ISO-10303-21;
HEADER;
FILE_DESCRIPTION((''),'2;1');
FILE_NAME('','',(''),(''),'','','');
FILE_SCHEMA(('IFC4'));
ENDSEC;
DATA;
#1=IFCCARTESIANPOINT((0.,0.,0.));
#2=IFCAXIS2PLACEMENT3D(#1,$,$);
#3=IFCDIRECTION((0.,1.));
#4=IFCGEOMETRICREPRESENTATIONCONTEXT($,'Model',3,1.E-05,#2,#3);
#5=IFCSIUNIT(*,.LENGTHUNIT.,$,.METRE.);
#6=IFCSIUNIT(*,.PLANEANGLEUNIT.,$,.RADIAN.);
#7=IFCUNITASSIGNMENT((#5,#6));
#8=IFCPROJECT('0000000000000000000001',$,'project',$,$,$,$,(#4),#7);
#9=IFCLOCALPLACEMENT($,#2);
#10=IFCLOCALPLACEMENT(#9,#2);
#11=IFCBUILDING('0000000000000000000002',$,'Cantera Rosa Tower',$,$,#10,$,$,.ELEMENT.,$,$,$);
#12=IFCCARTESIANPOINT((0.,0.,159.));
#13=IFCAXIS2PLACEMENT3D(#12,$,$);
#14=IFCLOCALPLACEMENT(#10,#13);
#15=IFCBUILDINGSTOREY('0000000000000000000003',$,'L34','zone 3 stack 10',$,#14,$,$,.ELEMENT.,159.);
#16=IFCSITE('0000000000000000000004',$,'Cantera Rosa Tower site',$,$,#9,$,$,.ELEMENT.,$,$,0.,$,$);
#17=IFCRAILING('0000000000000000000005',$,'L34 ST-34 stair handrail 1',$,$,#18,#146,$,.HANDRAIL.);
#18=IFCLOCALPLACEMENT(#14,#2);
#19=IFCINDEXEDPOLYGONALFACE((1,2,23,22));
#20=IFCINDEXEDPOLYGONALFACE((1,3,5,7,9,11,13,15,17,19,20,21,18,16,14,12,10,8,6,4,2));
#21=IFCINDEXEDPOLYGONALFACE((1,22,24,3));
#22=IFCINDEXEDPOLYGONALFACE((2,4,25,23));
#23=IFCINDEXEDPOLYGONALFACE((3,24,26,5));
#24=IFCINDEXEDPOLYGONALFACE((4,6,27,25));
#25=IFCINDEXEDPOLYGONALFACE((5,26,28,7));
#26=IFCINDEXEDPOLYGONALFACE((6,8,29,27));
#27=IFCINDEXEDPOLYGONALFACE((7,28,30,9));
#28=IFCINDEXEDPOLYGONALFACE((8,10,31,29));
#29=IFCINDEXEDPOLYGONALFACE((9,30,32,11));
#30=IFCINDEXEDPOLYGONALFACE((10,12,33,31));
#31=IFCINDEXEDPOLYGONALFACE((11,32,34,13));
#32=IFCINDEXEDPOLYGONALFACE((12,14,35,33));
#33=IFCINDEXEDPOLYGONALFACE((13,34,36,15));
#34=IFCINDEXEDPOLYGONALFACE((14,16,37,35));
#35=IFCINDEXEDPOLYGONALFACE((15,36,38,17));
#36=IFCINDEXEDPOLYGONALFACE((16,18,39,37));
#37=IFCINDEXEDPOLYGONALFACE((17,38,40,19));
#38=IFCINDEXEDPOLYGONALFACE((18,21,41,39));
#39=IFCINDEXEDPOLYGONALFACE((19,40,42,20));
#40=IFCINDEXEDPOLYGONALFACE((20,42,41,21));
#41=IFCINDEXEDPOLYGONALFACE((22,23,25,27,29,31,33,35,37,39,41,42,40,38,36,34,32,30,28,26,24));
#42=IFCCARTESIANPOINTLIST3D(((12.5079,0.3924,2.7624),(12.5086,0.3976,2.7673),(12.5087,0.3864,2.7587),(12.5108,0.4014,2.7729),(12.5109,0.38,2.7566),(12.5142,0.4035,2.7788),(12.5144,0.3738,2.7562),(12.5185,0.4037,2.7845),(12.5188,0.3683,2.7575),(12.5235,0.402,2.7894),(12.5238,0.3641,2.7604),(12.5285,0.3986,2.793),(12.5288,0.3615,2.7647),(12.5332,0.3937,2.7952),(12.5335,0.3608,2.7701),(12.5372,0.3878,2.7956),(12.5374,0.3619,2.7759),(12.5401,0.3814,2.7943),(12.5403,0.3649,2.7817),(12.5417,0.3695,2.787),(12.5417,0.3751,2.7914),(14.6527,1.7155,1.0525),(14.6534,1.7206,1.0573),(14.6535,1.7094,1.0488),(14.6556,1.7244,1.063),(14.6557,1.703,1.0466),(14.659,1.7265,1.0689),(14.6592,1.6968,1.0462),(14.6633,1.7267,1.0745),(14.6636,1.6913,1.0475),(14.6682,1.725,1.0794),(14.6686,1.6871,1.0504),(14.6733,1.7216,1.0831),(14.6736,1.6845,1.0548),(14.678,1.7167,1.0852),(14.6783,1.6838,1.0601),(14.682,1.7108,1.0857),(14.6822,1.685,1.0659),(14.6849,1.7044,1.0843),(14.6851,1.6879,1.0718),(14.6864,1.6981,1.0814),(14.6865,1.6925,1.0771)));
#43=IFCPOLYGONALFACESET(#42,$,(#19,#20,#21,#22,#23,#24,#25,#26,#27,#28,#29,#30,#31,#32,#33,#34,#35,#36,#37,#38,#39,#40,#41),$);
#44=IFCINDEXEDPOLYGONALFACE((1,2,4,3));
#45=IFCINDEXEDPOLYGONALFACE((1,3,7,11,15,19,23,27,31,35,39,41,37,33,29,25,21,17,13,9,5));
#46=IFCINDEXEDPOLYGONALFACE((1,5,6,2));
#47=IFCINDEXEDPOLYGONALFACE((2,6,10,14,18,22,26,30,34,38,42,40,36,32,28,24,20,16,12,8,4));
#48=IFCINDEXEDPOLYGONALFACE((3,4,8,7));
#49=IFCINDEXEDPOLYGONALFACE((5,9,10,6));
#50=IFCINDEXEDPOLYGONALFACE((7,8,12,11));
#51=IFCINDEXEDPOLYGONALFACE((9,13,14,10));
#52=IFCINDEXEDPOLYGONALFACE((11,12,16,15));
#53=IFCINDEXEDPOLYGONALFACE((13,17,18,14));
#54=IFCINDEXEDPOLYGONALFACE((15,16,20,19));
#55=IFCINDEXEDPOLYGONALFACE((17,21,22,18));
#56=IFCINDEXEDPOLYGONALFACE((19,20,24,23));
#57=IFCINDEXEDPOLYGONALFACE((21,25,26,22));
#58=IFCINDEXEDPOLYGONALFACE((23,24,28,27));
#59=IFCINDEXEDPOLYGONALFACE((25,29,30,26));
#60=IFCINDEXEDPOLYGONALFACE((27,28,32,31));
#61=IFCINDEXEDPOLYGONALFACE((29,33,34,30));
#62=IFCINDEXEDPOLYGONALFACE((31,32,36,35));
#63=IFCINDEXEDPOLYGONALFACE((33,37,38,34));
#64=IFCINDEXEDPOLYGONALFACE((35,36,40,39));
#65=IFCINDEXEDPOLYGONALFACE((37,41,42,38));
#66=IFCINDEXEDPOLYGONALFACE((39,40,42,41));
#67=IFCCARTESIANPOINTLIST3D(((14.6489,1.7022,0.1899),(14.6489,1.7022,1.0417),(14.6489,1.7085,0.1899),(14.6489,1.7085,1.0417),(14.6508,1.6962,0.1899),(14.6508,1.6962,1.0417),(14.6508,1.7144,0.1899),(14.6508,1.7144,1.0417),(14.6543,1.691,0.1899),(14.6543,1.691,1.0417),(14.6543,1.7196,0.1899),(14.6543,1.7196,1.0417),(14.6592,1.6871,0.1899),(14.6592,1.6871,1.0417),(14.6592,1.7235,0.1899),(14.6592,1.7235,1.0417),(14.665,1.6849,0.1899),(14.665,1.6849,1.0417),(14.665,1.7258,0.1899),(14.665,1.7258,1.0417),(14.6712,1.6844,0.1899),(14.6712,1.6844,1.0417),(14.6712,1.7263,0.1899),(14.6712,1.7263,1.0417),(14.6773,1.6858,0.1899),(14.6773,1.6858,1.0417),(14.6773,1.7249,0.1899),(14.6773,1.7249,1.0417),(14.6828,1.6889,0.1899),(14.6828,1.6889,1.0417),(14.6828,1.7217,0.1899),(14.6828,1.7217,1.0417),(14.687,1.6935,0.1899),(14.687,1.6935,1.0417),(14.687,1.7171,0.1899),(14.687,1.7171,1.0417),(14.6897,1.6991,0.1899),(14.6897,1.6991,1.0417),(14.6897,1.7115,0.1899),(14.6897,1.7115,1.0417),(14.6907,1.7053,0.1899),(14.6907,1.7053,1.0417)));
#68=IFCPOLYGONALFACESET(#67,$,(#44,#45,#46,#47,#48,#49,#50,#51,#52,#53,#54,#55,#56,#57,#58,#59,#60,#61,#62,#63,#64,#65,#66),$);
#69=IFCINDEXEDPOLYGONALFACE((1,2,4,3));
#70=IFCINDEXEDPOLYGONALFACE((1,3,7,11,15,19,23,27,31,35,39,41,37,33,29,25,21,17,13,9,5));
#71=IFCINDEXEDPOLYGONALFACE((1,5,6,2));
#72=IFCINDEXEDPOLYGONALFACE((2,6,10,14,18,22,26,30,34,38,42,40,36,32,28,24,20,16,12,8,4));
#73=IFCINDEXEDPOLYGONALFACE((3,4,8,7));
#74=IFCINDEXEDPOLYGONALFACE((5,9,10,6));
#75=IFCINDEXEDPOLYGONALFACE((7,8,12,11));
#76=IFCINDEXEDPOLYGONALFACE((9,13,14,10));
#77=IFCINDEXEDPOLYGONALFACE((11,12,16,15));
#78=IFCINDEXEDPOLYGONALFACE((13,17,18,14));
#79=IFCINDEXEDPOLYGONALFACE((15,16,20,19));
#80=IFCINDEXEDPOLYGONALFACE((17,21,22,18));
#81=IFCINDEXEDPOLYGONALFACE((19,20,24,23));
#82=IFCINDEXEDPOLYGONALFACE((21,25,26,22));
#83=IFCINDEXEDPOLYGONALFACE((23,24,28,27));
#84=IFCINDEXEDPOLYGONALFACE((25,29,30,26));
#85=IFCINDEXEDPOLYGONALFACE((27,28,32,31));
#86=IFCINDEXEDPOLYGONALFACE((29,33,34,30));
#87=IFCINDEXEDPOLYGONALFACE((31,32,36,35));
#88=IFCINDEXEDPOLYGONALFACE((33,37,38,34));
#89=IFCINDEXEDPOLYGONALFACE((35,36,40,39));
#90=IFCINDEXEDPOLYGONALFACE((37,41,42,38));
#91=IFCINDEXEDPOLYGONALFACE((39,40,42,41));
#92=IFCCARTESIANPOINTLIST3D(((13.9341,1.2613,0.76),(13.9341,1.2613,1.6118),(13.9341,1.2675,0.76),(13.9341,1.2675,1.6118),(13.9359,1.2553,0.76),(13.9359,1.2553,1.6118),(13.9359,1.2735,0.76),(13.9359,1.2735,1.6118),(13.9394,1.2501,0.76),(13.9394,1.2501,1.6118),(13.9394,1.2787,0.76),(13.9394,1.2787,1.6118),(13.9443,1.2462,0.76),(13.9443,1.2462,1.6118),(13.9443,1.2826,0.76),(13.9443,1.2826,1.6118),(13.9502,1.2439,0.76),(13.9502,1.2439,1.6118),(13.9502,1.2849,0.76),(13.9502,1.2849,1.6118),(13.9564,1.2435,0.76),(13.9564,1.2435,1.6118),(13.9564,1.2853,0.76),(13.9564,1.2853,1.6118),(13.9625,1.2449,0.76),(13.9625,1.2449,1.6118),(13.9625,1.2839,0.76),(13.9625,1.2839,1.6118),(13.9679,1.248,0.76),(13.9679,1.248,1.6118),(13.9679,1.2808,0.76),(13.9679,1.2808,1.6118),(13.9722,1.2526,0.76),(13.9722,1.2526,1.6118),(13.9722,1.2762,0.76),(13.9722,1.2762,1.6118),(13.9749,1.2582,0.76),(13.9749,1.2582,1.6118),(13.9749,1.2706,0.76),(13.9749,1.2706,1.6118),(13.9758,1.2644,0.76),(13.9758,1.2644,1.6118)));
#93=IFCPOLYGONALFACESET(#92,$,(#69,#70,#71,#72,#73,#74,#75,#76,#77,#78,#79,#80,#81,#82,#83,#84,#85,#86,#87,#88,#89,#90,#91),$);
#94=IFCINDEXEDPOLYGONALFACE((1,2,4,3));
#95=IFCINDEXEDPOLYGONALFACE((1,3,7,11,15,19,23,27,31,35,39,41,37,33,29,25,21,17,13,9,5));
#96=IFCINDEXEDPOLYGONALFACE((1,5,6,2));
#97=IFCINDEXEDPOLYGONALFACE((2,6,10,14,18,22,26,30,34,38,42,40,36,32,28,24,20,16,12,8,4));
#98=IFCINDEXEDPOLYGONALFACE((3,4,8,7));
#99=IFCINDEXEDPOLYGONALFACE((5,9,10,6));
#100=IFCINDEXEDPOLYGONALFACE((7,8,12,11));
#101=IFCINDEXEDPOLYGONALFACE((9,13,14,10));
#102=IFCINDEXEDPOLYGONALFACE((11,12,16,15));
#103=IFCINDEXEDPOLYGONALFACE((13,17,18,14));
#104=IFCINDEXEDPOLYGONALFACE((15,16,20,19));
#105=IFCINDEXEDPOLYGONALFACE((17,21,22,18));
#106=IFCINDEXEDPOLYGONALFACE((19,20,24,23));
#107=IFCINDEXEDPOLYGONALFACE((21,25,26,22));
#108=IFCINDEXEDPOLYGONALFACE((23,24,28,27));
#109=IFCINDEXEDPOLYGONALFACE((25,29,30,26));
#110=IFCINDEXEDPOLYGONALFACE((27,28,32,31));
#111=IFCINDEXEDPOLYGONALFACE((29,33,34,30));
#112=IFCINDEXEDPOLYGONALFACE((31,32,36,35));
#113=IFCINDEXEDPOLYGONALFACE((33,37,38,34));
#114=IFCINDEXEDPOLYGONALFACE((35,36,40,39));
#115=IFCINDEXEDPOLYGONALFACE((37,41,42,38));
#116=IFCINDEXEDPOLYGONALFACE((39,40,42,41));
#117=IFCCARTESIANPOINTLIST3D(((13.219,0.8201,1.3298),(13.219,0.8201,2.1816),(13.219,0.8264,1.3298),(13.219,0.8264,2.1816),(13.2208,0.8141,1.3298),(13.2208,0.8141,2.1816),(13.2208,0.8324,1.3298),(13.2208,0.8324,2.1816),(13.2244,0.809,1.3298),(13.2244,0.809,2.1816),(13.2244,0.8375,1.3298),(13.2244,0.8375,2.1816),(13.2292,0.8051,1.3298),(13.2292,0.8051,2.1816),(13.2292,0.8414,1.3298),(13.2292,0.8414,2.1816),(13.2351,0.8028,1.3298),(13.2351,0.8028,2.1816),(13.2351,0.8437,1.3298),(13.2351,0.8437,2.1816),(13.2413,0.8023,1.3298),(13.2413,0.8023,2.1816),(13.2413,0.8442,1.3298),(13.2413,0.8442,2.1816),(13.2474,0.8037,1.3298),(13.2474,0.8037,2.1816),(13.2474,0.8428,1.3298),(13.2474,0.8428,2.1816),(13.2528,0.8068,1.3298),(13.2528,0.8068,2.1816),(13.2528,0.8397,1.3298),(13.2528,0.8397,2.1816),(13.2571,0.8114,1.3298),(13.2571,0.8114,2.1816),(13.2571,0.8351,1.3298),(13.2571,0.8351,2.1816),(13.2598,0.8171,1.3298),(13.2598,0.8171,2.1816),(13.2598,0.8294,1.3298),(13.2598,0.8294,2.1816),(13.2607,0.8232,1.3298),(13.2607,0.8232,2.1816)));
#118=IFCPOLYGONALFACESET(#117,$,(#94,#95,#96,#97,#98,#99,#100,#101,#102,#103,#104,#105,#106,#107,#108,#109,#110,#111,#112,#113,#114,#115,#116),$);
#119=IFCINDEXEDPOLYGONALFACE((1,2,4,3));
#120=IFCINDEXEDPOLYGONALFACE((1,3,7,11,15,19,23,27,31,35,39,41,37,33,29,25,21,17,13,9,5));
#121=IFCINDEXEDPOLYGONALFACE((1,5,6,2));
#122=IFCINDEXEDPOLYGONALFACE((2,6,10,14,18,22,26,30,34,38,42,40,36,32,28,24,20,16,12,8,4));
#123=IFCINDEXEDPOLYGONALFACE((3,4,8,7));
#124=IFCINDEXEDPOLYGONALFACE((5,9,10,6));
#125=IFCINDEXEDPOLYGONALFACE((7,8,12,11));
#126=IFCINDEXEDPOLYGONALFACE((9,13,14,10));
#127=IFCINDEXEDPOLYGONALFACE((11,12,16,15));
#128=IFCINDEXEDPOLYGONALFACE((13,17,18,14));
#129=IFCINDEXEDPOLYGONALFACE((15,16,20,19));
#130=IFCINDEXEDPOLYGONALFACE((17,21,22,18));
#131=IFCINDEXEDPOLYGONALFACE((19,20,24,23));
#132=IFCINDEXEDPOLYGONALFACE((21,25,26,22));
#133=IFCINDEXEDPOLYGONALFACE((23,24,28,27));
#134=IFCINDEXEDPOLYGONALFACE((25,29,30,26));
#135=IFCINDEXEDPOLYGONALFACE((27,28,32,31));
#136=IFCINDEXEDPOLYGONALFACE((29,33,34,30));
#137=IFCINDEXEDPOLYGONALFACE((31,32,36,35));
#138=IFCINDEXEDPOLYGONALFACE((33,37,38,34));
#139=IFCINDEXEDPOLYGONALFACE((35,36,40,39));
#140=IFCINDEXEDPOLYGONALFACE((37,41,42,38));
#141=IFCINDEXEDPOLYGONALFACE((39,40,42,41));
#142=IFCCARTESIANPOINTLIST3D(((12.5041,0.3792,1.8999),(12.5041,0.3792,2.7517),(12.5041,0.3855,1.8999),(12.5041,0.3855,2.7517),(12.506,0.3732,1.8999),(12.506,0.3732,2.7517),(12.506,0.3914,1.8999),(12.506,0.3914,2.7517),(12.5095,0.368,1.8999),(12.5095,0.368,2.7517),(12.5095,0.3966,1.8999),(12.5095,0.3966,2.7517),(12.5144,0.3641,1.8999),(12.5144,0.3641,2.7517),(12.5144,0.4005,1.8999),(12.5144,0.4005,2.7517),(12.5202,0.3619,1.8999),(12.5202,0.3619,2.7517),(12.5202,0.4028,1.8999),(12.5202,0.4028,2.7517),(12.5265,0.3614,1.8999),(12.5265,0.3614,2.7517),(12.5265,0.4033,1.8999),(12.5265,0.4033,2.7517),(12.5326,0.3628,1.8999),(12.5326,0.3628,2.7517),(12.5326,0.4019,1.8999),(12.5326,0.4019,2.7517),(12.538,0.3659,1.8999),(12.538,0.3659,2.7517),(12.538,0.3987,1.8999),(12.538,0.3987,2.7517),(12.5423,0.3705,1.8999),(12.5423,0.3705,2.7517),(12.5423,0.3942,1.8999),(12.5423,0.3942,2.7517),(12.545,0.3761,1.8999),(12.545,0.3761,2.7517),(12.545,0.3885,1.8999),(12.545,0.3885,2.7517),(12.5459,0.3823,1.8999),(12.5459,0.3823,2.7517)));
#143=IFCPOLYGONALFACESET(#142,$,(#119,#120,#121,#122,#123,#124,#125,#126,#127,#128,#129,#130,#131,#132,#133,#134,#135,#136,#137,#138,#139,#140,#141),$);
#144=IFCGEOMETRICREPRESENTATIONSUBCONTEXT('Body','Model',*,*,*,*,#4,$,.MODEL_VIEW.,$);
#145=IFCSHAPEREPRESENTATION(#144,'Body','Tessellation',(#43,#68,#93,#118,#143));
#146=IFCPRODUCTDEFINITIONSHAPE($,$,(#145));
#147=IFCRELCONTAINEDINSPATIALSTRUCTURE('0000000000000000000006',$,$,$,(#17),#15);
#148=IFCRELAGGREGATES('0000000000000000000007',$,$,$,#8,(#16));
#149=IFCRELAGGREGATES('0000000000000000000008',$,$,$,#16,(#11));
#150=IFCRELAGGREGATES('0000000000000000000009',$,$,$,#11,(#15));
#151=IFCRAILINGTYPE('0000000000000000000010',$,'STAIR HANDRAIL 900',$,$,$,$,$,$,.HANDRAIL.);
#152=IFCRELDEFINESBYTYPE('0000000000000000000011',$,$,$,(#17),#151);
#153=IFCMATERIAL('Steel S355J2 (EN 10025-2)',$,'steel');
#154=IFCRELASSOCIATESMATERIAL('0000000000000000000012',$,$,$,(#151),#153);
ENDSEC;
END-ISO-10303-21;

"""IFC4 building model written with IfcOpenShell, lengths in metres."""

from ifc_helpers import new_model, si_unit, direction, frame, origin, origin_2d, place, context, subcontext, project, spatial, circle, extrude, material, type_object, element, save


model = new_model("IFC4")

# Units and contexts
model_context = context("Model", 3, precision=1e-05, world=origin(), true_north=direction((0.0, 1.0)))
body_context = subcontext(model_context, "Body", "Model", "MODEL_VIEW")
ifc_project = project(units=[si_unit("LENGTHUNIT", "METRE"), si_unit("PLANEANGLEUNIT", "RADIAN")], contexts=[model_context])

# Site, building, storey
site_placement = place(None, origin())
site = spatial("IfcSite", under=ifc_project, at=site_placement, Name="Cantera Rosa Tower site", CompositionType="ELEMENT", RefElevation=0.0)
building_placement = place(site_placement, origin())
building = spatial("IfcBuilding", under=site, at=building_placement, Name="Cantera Rosa Tower", CompositionType="ELEMENT")
storey_placement = place(building_placement, frame((0.0, 0.0, 159.0)))
storey = spatial("IfcBuildingStorey", under=building, at=storey_placement, Name="L34", Description="zone 3 stack 10", CompositionType="ELEMENT", Elevation=159.0)

# Railing
ifc_material_1 = material(Name="Steel S355J2 (EN 10025-2)", Category="steel")
railing_type_1 = type_object("IfcRailingType", Name="STAIR HANDRAIL 900", PredefinedType="HANDRAIL", material=ifc_material_1)
railing_1_placement = place(storey_placement, frame((14.6697, 1.7053, 0.1899)))
element("IfcRailing", 1, at=railing_1_placement, inside=storey, type_object=railing_type_1, Name="L34 ST-34 stair handrail 1", PredefinedType="HANDRAIL", context=body_context, shape_type="SweptSolid", body=[
    extrude(circle(Radius=0.0239, at=origin_2d()), frame((0.0, 0.0, 0.876), z_axis=(-0.704271, -0.434428, 0.561493), x_axis=(0.525, -0.851102, 0.0)), (0.0, 0.0, 1.0), 3.0454),
    extrude(circle(Radius=0.021, at=origin_2d()), origin(), (0.0, 0.0, 1.0), 0.8518),
    extrude(circle(Radius=0.021, at=origin_2d()), frame((-0.7148, -0.4409, 0.5701)), (0.0, 0.0, 1.0), 0.8518),
    extrude(circle(Radius=0.021, at=origin_2d()), frame((-1.4299, -0.8821, 1.1399)), (0.0, 0.0, 1.0), 0.8518),
    extrude(circle(Radius=0.021, at=origin_2d()), frame((-2.1448, -1.323, 1.71)), (0.0, 0.0, 1.0), 0.8518),
])

save(model, "model.ifc")
